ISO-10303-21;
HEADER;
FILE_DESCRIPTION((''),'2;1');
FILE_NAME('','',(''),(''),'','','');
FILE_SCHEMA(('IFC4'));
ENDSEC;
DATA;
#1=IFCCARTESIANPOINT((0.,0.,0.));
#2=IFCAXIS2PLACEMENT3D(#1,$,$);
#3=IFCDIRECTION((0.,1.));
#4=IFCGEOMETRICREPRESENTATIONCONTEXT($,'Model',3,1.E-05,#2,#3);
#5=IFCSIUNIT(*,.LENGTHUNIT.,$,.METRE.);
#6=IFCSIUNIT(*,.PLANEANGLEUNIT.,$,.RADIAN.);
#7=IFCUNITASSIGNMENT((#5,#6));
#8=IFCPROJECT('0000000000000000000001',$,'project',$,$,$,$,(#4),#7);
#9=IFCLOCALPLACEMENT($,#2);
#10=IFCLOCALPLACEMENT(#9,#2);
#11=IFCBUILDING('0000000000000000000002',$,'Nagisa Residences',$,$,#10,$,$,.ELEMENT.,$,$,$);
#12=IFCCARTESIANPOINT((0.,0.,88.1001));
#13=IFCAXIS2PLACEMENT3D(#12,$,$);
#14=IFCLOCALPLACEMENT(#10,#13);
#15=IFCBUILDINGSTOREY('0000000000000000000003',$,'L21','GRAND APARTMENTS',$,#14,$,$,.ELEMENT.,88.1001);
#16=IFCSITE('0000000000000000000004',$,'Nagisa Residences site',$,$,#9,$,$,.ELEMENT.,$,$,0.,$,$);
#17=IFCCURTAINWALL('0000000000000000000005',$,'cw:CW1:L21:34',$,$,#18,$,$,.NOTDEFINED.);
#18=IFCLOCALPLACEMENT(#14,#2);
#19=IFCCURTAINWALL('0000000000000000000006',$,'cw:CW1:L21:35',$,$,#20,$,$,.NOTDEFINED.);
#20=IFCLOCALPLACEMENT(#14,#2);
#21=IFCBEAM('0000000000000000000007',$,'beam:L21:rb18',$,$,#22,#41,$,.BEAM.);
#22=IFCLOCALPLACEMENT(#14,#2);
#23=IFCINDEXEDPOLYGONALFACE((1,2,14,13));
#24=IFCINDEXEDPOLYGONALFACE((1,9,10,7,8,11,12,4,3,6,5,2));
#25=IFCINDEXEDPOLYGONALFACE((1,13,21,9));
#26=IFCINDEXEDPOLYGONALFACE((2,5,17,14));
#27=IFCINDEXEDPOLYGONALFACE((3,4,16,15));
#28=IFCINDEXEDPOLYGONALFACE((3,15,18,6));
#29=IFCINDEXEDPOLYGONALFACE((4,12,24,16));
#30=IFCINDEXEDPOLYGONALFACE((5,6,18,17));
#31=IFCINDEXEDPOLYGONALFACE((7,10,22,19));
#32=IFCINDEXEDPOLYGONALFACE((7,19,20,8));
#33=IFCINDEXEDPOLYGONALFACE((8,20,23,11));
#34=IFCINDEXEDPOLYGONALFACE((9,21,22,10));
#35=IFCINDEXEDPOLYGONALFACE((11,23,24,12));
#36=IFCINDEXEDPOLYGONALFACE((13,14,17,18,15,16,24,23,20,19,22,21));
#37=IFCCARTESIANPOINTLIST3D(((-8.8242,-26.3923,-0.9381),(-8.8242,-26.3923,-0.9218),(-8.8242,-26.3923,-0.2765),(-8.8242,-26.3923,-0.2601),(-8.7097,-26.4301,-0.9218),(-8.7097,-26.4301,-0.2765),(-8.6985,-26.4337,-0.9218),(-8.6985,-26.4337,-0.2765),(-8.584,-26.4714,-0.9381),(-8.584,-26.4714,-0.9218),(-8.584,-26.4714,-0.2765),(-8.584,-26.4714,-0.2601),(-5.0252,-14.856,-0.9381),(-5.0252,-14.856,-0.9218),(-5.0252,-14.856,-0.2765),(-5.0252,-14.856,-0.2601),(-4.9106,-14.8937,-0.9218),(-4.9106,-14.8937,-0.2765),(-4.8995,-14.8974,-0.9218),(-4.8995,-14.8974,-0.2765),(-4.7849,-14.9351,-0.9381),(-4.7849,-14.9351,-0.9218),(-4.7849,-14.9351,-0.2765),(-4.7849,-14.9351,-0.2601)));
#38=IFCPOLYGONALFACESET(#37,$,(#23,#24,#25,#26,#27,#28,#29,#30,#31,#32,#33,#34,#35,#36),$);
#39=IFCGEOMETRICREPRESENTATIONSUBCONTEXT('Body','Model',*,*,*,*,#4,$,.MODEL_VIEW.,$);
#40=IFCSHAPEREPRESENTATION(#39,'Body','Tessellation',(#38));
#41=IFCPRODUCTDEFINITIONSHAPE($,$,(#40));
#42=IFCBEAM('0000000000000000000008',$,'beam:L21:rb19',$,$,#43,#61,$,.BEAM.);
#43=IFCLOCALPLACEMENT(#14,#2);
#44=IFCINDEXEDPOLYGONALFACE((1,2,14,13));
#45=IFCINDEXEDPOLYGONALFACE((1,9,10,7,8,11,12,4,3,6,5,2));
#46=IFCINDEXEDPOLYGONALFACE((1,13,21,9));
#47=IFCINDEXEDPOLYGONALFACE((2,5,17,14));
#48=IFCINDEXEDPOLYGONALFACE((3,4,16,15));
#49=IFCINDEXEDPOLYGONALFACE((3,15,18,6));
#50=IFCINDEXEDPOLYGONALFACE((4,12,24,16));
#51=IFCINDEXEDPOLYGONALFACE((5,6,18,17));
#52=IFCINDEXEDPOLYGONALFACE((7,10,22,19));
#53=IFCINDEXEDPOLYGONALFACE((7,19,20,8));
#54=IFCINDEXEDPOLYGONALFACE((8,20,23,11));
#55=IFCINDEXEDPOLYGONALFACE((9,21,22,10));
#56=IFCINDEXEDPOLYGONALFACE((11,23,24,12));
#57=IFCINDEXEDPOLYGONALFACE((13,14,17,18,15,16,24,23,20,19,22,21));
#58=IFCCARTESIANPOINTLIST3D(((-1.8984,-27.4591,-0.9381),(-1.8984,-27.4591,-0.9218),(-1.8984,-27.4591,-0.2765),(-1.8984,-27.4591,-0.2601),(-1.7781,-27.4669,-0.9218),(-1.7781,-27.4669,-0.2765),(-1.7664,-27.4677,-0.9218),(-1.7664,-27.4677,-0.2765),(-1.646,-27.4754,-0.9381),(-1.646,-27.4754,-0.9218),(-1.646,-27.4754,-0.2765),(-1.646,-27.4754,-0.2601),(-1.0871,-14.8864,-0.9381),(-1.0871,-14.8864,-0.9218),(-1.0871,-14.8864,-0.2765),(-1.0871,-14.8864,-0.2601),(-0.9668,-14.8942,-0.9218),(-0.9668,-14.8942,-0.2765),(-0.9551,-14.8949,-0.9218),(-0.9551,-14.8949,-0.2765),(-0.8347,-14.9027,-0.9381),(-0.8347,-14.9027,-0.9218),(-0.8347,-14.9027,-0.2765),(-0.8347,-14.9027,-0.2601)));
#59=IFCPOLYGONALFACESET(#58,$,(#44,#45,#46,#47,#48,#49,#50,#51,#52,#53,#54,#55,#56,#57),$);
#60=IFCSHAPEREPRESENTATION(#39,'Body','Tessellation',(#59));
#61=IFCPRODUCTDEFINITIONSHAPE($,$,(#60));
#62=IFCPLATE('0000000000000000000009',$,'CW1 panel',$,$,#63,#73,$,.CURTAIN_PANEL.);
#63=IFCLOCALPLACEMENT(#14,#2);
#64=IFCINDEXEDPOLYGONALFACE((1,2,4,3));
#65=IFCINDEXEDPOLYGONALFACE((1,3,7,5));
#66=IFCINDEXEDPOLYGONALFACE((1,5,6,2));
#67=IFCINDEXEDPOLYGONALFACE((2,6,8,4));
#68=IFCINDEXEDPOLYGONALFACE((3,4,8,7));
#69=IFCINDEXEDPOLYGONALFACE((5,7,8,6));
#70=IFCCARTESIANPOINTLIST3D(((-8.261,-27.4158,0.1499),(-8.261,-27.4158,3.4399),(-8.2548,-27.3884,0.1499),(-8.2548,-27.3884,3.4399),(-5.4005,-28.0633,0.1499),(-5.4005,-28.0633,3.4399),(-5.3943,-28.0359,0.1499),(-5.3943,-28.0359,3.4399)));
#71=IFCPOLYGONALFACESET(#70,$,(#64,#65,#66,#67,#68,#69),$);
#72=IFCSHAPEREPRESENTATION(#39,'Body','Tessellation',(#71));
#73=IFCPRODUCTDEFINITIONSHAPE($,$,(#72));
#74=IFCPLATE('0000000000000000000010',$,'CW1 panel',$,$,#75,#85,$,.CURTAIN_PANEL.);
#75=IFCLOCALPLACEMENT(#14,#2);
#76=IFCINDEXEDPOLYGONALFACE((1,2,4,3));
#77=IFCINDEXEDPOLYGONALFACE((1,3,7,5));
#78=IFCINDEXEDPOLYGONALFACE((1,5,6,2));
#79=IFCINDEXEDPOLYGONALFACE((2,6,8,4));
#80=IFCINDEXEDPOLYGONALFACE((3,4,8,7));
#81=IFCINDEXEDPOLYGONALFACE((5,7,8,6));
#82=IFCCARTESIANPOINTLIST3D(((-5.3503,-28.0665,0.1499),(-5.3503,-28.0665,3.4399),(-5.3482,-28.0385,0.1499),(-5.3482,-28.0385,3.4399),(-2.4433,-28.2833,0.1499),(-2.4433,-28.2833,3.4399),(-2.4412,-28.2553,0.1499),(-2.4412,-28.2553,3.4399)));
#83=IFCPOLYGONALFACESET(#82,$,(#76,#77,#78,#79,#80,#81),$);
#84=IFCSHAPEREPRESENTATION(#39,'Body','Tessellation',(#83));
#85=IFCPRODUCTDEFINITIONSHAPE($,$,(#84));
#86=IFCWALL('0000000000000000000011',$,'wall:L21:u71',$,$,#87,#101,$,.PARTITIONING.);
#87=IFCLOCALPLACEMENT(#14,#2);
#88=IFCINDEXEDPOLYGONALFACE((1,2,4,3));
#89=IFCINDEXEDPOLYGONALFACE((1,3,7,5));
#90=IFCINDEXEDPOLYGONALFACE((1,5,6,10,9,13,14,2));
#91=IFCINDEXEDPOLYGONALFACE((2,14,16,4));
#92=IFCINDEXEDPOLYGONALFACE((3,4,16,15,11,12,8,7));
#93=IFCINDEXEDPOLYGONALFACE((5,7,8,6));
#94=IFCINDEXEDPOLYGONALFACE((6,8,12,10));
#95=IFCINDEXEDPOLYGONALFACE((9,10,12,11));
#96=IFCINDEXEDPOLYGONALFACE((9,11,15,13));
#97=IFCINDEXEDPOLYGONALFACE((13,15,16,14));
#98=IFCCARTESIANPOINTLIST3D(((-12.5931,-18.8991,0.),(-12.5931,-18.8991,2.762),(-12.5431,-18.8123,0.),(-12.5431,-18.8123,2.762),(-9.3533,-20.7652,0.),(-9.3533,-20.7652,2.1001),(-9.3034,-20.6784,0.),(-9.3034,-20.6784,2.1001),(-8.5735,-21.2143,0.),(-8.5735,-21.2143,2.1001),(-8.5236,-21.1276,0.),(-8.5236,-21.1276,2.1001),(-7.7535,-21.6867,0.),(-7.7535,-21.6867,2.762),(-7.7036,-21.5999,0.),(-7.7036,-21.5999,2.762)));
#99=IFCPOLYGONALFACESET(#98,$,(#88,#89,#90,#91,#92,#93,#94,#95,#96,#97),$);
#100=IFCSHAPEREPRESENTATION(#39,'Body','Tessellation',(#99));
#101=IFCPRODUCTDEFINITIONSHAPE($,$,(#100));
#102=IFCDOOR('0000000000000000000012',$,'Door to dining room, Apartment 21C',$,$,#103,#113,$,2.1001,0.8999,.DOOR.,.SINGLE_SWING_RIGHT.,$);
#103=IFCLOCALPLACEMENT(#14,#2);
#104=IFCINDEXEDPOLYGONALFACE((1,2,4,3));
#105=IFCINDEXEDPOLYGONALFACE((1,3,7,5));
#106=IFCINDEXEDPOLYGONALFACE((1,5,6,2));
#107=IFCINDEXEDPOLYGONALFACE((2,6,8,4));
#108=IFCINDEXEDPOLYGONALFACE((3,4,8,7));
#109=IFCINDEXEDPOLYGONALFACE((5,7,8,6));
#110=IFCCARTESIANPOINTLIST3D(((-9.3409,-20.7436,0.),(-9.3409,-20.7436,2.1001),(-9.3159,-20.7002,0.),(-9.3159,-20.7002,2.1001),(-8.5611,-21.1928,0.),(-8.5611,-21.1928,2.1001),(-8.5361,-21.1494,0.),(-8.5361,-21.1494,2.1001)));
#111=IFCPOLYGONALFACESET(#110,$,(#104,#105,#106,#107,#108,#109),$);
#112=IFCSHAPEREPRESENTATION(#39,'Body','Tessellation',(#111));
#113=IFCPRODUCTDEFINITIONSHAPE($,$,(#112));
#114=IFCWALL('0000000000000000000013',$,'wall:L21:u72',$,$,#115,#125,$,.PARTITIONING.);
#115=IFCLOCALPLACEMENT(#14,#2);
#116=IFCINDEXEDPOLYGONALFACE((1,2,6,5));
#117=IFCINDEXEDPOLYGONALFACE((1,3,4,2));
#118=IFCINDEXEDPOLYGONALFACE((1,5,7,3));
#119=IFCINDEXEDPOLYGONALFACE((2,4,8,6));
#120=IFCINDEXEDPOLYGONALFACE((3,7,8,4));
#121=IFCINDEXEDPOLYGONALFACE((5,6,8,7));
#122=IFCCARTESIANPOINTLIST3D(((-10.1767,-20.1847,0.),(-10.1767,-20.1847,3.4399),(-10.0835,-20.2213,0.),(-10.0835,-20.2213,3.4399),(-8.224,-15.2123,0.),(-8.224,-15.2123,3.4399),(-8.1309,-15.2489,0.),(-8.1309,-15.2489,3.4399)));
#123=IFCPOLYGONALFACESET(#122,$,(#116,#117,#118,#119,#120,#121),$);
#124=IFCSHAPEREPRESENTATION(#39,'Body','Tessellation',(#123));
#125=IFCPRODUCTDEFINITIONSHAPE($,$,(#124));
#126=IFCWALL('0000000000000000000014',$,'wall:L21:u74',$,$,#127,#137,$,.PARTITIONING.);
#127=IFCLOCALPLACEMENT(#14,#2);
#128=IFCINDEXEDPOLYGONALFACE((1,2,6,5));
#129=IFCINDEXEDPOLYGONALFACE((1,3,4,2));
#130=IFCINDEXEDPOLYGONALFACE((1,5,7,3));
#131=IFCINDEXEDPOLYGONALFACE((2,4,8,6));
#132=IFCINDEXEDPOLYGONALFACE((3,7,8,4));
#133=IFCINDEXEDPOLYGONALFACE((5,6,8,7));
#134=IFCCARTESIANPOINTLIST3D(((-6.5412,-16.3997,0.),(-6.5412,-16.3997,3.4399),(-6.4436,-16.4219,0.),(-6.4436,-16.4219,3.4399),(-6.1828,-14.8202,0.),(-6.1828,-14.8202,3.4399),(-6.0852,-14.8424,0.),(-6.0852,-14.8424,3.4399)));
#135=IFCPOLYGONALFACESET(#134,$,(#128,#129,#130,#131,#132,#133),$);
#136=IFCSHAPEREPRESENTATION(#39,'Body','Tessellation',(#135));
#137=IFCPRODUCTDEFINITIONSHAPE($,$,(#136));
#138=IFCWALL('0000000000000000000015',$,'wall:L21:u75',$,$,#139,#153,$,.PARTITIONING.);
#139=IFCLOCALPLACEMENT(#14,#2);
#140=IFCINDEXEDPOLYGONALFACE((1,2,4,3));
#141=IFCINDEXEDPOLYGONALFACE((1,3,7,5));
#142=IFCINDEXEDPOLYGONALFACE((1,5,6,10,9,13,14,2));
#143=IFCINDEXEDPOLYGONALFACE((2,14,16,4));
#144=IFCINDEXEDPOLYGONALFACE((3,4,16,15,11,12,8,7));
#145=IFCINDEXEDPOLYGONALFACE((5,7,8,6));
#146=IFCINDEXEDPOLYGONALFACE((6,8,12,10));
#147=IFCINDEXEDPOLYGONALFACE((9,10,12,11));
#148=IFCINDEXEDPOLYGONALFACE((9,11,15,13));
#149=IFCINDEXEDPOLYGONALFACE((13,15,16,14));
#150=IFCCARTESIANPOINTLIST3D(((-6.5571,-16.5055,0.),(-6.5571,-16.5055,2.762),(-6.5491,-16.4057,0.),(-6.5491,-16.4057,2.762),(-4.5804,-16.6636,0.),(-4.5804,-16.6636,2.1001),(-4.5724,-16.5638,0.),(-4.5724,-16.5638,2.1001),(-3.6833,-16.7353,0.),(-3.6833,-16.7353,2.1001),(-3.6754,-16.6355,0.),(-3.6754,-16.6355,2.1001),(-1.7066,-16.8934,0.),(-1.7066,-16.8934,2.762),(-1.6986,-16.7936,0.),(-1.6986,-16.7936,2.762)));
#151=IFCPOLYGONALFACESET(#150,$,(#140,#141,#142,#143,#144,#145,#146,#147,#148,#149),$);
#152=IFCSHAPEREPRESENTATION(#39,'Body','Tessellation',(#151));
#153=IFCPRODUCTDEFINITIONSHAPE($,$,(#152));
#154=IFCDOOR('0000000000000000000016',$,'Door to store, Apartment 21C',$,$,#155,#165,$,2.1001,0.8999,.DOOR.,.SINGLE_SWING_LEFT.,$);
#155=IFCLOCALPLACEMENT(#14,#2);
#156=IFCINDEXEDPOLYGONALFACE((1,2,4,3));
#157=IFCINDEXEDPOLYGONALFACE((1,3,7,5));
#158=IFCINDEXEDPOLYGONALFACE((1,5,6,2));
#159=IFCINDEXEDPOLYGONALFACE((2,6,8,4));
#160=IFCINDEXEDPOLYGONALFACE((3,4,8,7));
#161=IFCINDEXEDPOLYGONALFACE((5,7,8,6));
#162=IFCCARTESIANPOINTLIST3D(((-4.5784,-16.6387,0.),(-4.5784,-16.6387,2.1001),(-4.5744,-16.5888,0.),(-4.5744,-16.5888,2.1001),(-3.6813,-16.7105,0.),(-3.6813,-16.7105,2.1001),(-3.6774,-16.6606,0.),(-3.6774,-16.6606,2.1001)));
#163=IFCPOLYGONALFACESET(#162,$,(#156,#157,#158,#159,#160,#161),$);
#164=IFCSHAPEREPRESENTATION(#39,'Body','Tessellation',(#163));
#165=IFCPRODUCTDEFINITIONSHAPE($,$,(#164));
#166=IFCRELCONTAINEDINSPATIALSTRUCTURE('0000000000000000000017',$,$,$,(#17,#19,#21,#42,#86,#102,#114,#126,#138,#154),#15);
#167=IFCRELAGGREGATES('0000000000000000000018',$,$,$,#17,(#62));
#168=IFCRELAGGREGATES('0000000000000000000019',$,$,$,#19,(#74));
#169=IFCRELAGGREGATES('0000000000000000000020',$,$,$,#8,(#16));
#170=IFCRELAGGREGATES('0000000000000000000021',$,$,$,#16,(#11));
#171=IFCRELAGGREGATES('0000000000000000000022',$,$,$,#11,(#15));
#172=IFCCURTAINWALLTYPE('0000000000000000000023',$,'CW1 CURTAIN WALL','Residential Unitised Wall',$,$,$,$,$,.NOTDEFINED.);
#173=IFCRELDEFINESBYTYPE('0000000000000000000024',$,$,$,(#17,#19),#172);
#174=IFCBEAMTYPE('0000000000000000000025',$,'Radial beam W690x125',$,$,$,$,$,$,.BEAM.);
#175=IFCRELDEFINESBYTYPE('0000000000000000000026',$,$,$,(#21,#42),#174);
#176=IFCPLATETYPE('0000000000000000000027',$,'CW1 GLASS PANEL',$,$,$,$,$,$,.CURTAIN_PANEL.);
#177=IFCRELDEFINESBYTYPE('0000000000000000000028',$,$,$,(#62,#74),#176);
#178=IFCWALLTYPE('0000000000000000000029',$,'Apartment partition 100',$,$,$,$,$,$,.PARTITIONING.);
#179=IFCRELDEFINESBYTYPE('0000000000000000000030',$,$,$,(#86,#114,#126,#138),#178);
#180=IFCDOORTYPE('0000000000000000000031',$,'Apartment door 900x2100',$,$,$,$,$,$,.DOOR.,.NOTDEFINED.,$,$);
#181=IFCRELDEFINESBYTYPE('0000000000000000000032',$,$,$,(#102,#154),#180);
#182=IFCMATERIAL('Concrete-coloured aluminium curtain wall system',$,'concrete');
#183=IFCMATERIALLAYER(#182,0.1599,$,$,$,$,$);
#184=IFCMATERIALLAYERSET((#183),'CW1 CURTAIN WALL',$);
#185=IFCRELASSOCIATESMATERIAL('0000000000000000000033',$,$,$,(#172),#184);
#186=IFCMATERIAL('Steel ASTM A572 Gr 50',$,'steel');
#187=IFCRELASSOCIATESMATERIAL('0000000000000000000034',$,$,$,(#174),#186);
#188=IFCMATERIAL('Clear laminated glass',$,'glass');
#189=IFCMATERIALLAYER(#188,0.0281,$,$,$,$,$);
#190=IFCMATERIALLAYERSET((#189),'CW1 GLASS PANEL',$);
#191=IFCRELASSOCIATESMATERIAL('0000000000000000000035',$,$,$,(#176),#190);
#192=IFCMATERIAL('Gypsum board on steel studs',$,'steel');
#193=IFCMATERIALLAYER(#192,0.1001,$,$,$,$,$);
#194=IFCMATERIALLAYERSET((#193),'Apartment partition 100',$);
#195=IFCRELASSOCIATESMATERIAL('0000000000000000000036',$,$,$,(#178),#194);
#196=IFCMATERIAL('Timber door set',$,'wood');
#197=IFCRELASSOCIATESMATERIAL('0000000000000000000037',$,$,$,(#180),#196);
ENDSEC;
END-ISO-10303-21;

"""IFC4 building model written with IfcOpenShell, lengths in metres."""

from ifc_helpers import new_model, si_unit, direction, frame, frame_2d, origin, origin_2d, place, context, subcontext, project, spatial, rectangle, i_section, extrude, material, layer, layer_set, material_profile, profile_set, type_object, element, fill, aggregate, save


model = new_model("IFC4")

# Units and contexts
model_context = context("Model", 3, precision=1e-05, world=origin(), true_north=direction((0.0, 1.0)))
body_context = subcontext(model_context, "Body", "Model", "MODEL_VIEW")
ifc_project = project(units=[si_unit("LENGTHUNIT", "METRE"), si_unit("PLANEANGLEUNIT", "RADIAN")], contexts=[model_context])

# Site, building, storey
site_placement = place(None, origin())
site = spatial("IfcSite", under=ifc_project, at=site_placement, Name="Nagisa Residences site", CompositionType="ELEMENT", RefElevation=0.0)
building_placement = place(site_placement, origin())
building = spatial("IfcBuilding", under=site, at=building_placement, Name="Nagisa Residences", CompositionType="ELEMENT")
storey_placement = place(building_placement, frame((0.0, 0.0, 88.1001)))
storey = spatial("IfcBuildingStorey", under=building, at=storey_placement, Name="L21", Description="GRAND APARTMENTS", CompositionType="ELEMENT", Elevation=88.1001)

# Curtain walls
ifc_material_1 = material(Name="Concrete-coloured aluminium curtain wall system", Category="concrete")
ifc_layer_1 = layer(ifc_material_1, 0.1599)
ifc_layer_set_1 = layer_set([ifc_layer_1], Name="CW1 CURTAIN WALL")
curtain_wall_type = type_object("IfcCurtainWallType", Name="CW1 CURTAIN WALL", Description="Residential Unitised Wall", PredefinedType="NOTDEFINED", material=ifc_layer_set_1)
curtain_wall_1_placement = place(storey_placement, origin())
curtain_wall_1 = element("IfcCurtainWall", 1, at=curtain_wall_1_placement, inside=storey, type_object=curtain_wall_type, Name="cw:CW1:L21:34", PredefinedType="NOTDEFINED")
curtain_wall_2_placement = place(storey_placement, origin())
curtain_wall_2 = element("IfcCurtainWall", 2, at=curtain_wall_2_placement, inside=storey, type_object=curtain_wall_type, Name="cw:CW1:L21:35", PredefinedType="NOTDEFINED")

# Beams
ifc_material_2 = material(Name="Steel ASTM A572 Gr 50", Category="steel")
ifc_material_profile_1 = material_profile(ifc_material_2, i_section(OverallWidth=0.2529, OverallDepth=0.678, WebThickness=0.0117, FlangeThickness=0.0164, at=origin_2d()), Name="W690x125")
ifc_profile_set_1 = profile_set([ifc_material_profile_1], Name="Steel ASTM A572 Gr 50")
beam_type_1 = type_object("IfcBeamType", Name="Radial beam W690x125", PredefinedType="BEAM", material=ifc_profile_set_1)
beam_1_placement = place(storey_placement, frame((-8.7041, -26.4319, -0.5991), z_axis=(0.312788, 0.949823, 0.0), x_axis=(-0.949823, 0.312788, 0.0)))
element("IfcBeam", 3, at=beam_1_placement, inside=storey, type_object=beam_type_1, Name="beam:L21:rb18", PredefinedType="BEAM", context=body_context, shape_type="SweptSolid", body=[
    extrude(i_section(OverallWidth=0.2529, OverallDepth=0.678, WebThickness=0.0117, FlangeThickness=0.0164, at=origin_2d()), origin(), (0.0, 0.0, 1.0), 12.1458),
])
beam_2_placement = place(storey_placement, frame((-1.7722, -27.4673, -0.5991), z_axis=(0.064393, 0.997925, 0.0), x_axis=(-0.997925, 0.064393, 0.0)))
element("IfcBeam", 4, at=beam_2_placement, inside=storey, type_object=beam_type_1, Name="beam:L21:rb19", PredefinedType="BEAM", context=body_context, shape_type="SweptSolid", body=[
    extrude(i_section(OverallWidth=0.2529, OverallDepth=0.678, WebThickness=0.0117, FlangeThickness=0.0164, at=origin_2d()), origin(), (0.0, 0.0, 1.0), 12.5989),
])

# Plates
ifc_material_3 = material(Name="Clear laminated glass", Category="glass")
ifc_layer_2 = layer(ifc_material_3, 0.0281)
ifc_layer_set_2 = layer_set([ifc_layer_2], Name="CW1 GLASS PANEL")
plate_type = type_object("IfcPlateType", Name="CW1 GLASS PANEL", PredefinedType="CURTAIN_PANEL", material=ifc_layer_set_2)
plate_1_placement = place(storey_placement, frame((-6.8276, -27.7258, 0.1499), z_axis=(0.0, 0.0, 1.0), x_axis=(0.975327, -0.220764, 0.0)))
plate_1 = element("IfcPlate", 5, at=plate_1_placement, type_object=plate_type, Name="CW1 panel", PredefinedType="CURTAIN_PANEL", context=body_context, shape_type="SweptSolid", body=[
    extrude(rectangle(XDim=2.9329, YDim=0.0281, at=origin_2d()), origin(), (0.0, 0.0, 1.0), 3.29),
])
aggregate(curtain_wall_1, [plate_1])
plate_2_placement = place(storey_placement, frame((-3.8958, -28.1609, 0.1499), z_axis=(0.0, 0.0, 1.0), x_axis=(0.99723, -0.074377, 0.0)))
plate_2 = element("IfcPlate", 6, at=plate_2_placement, type_object=plate_type, Name="CW1 panel", PredefinedType="CURTAIN_PANEL", context=body_context, shape_type="SweptSolid", body=[
    extrude(rectangle(XDim=2.915, YDim=0.0281, at=origin_2d()), origin(), (0.0, 0.0, 1.0), 3.29),
])
aggregate(curtain_wall_2, [plate_2])

# Wall, opening, door
ifc_material_4 = material(Name="Gypsum board on steel studs", Category="steel")
ifc_layer_3 = layer(ifc_material_4, 0.1001)
ifc_layer_set_3 = layer_set([ifc_layer_3], Name="Apartment partition 100")
wall_type_1 = type_object("IfcWallType", Name="Apartment partition 100", PredefinedType="PARTITIONING", material=ifc_layer_set_3)
wall_1_placement = place(storey_placement, frame((-12.5681, -18.8557, 0.0), z_axis=(0.0, 0.0, 1.0), x_axis=(0.866533, -0.499121, 0.0)))
wall_1 = element("IfcWall", 7, at=wall_1_placement, inside=storey, type_object=wall_type_1, Name="wall:L21:u71", PredefinedType="PARTITIONING", context=body_context, shape_type="SweptSolid", body=[
    extrude(rectangle(XDim=5.585, YDim=0.1001, at=frame_2d((2.7925, 0.0))), origin(), (0.0, 0.0, 1.0), 2.762),
])
opening_1_placement = place(wall_1_placement, frame((3.7388, 0.0, 0.0)))
opening_1 = element("IfcOpeningElement", 8, at=opening_1_placement, cuts=wall_1, PredefinedType="OPENING", context=body_context, shape_type="SweptSolid", body=[
    extrude(rectangle(XDim=0.8999, YDim=2.1001, at=frame_2d((0.45, 1.05))), frame((0.0, 0.0601, 0.0), z_axis=(0.0, -1.0, 0.0), x_axis=(1.0, 0.0, 0.0)), (0.0, 0.0, 1.0), 0.1201),
])
ifc_material_5 = material(Name="Timber door set", Category="wood")
door_type_1 = type_object("IfcDoorType", Name="Apartment door 900x2100", OperationType="NOTDEFINED", PredefinedType="DOOR", material=ifc_material_5)
door_1_placement = place(opening_1_placement, origin())
door_1 = element("IfcDoor", 9, at=door_1_placement, inside=storey, type_object=door_type_1, Name="Door to dining room, Apartment 21C", OperationType="SINGLE_SWING_RIGHT", OverallHeight=2.1001, OverallWidth=0.8999, PredefinedType="DOOR", context=body_context, shape_type="SweptSolid", body=[
    extrude(rectangle(XDim=0.8999, YDim=2.1001, at=frame_2d((0.45, 1.05))), frame((0.0, 0.0249, 0.0), z_axis=(0.0, -1.0, 0.0), x_axis=(1.0, 0.0, 0.0)), (0.0, 0.0, 1.0), 0.05),
])
fill(opening_1, door_1)

# Walls
wall_2_placement = place(storey_placement, frame((-8.1775, -15.2307, 0.0), z_axis=(0.0, 0.0, 1.0), x_axis=(-0.365521, -0.930803, 0.0)))
element("IfcWall", 10, at=wall_2_placement, inside=storey, type_object=wall_type_1, Name="wall:L21:u72", PredefinedType="PARTITIONING", context=body_context, shape_type="SweptSolid", body=[
    extrude(rectangle(XDim=5.342, YDim=0.1001, at=frame_2d((2.6709, 0.0))), origin(), (0.0, 0.0, 1.0), 3.4399),
])
wall_3_placement = place(storey_placement, frame((-6.134, -14.8313, 0.0), z_axis=(0.0, 0.0, 1.0), x_axis=(-0.221269, -0.975213, 0.0)))
element("IfcWall", 11, at=wall_3_placement, inside=storey, type_object=wall_type_1, Name="wall:L21:u74", PredefinedType="PARTITIONING", context=body_context, shape_type="SweptSolid", body=[
    extrude(rectangle(XDim=1.6196, YDim=0.1001, at=frame_2d((0.8098, 0.0))), origin(), (0.0, 0.0, 1.0), 3.4399),
])

# Wall, opening, door
wall_4_placement = place(storey_placement, frame((-6.5532, -16.4556, 0.0), z_axis=(0.0, 0.0, 1.0), x_axis=(0.996817, -0.079723, 0.0)))
wall_4 = element("IfcWall", 12, at=wall_4_placement, inside=storey, type_object=wall_type_1, Name="wall:L21:u75", PredefinedType="PARTITIONING", context=body_context, shape_type="SweptSolid", body=[
    extrude(rectangle(XDim=4.866, YDim=0.1001, at=frame_2d((2.4331, 0.0))), origin(), (0.0, 0.0, 1.0), 2.762),
])
opening_2_placement = place(wall_4_placement, frame((1.9832, 0.0, 0.0)))
opening_2 = element("IfcOpeningElement", 13, at=opening_2_placement, cuts=wall_4, PredefinedType="OPENING", context=body_context, shape_type="SweptSolid", body=[
    extrude(rectangle(XDim=0.8999, YDim=2.1001, at=frame_2d((0.45, 1.05))), frame((0.0, 0.0601, 0.0), z_axis=(0.0, -1.0, 0.0), x_axis=(1.0, 0.0, 0.0)), (0.0, 0.0, 1.0), 0.1201),
])
door_2_placement = place(opening_2_placement, origin())
door_2 = element("IfcDoor", 14, at=door_2_placement, inside=storey, type_object=door_type_1, Name="Door to store, Apartment 21C", OperationType="SINGLE_SWING_LEFT", OverallHeight=2.1001, OverallWidth=0.8999, PredefinedType="DOOR", context=body_context, shape_type="SweptSolid", body=[
    extrude(rectangle(XDim=0.8999, YDim=2.1001, at=frame_2d((0.45, 1.05))), frame((0.0, 0.0249, 0.0), z_axis=(0.0, -1.0, 0.0), x_axis=(1.0, 0.0, 0.0)), (0.0, 0.0, 1.0), 0.05),
])
fill(opening_2, door_2)

save(model, "model.ifc")
